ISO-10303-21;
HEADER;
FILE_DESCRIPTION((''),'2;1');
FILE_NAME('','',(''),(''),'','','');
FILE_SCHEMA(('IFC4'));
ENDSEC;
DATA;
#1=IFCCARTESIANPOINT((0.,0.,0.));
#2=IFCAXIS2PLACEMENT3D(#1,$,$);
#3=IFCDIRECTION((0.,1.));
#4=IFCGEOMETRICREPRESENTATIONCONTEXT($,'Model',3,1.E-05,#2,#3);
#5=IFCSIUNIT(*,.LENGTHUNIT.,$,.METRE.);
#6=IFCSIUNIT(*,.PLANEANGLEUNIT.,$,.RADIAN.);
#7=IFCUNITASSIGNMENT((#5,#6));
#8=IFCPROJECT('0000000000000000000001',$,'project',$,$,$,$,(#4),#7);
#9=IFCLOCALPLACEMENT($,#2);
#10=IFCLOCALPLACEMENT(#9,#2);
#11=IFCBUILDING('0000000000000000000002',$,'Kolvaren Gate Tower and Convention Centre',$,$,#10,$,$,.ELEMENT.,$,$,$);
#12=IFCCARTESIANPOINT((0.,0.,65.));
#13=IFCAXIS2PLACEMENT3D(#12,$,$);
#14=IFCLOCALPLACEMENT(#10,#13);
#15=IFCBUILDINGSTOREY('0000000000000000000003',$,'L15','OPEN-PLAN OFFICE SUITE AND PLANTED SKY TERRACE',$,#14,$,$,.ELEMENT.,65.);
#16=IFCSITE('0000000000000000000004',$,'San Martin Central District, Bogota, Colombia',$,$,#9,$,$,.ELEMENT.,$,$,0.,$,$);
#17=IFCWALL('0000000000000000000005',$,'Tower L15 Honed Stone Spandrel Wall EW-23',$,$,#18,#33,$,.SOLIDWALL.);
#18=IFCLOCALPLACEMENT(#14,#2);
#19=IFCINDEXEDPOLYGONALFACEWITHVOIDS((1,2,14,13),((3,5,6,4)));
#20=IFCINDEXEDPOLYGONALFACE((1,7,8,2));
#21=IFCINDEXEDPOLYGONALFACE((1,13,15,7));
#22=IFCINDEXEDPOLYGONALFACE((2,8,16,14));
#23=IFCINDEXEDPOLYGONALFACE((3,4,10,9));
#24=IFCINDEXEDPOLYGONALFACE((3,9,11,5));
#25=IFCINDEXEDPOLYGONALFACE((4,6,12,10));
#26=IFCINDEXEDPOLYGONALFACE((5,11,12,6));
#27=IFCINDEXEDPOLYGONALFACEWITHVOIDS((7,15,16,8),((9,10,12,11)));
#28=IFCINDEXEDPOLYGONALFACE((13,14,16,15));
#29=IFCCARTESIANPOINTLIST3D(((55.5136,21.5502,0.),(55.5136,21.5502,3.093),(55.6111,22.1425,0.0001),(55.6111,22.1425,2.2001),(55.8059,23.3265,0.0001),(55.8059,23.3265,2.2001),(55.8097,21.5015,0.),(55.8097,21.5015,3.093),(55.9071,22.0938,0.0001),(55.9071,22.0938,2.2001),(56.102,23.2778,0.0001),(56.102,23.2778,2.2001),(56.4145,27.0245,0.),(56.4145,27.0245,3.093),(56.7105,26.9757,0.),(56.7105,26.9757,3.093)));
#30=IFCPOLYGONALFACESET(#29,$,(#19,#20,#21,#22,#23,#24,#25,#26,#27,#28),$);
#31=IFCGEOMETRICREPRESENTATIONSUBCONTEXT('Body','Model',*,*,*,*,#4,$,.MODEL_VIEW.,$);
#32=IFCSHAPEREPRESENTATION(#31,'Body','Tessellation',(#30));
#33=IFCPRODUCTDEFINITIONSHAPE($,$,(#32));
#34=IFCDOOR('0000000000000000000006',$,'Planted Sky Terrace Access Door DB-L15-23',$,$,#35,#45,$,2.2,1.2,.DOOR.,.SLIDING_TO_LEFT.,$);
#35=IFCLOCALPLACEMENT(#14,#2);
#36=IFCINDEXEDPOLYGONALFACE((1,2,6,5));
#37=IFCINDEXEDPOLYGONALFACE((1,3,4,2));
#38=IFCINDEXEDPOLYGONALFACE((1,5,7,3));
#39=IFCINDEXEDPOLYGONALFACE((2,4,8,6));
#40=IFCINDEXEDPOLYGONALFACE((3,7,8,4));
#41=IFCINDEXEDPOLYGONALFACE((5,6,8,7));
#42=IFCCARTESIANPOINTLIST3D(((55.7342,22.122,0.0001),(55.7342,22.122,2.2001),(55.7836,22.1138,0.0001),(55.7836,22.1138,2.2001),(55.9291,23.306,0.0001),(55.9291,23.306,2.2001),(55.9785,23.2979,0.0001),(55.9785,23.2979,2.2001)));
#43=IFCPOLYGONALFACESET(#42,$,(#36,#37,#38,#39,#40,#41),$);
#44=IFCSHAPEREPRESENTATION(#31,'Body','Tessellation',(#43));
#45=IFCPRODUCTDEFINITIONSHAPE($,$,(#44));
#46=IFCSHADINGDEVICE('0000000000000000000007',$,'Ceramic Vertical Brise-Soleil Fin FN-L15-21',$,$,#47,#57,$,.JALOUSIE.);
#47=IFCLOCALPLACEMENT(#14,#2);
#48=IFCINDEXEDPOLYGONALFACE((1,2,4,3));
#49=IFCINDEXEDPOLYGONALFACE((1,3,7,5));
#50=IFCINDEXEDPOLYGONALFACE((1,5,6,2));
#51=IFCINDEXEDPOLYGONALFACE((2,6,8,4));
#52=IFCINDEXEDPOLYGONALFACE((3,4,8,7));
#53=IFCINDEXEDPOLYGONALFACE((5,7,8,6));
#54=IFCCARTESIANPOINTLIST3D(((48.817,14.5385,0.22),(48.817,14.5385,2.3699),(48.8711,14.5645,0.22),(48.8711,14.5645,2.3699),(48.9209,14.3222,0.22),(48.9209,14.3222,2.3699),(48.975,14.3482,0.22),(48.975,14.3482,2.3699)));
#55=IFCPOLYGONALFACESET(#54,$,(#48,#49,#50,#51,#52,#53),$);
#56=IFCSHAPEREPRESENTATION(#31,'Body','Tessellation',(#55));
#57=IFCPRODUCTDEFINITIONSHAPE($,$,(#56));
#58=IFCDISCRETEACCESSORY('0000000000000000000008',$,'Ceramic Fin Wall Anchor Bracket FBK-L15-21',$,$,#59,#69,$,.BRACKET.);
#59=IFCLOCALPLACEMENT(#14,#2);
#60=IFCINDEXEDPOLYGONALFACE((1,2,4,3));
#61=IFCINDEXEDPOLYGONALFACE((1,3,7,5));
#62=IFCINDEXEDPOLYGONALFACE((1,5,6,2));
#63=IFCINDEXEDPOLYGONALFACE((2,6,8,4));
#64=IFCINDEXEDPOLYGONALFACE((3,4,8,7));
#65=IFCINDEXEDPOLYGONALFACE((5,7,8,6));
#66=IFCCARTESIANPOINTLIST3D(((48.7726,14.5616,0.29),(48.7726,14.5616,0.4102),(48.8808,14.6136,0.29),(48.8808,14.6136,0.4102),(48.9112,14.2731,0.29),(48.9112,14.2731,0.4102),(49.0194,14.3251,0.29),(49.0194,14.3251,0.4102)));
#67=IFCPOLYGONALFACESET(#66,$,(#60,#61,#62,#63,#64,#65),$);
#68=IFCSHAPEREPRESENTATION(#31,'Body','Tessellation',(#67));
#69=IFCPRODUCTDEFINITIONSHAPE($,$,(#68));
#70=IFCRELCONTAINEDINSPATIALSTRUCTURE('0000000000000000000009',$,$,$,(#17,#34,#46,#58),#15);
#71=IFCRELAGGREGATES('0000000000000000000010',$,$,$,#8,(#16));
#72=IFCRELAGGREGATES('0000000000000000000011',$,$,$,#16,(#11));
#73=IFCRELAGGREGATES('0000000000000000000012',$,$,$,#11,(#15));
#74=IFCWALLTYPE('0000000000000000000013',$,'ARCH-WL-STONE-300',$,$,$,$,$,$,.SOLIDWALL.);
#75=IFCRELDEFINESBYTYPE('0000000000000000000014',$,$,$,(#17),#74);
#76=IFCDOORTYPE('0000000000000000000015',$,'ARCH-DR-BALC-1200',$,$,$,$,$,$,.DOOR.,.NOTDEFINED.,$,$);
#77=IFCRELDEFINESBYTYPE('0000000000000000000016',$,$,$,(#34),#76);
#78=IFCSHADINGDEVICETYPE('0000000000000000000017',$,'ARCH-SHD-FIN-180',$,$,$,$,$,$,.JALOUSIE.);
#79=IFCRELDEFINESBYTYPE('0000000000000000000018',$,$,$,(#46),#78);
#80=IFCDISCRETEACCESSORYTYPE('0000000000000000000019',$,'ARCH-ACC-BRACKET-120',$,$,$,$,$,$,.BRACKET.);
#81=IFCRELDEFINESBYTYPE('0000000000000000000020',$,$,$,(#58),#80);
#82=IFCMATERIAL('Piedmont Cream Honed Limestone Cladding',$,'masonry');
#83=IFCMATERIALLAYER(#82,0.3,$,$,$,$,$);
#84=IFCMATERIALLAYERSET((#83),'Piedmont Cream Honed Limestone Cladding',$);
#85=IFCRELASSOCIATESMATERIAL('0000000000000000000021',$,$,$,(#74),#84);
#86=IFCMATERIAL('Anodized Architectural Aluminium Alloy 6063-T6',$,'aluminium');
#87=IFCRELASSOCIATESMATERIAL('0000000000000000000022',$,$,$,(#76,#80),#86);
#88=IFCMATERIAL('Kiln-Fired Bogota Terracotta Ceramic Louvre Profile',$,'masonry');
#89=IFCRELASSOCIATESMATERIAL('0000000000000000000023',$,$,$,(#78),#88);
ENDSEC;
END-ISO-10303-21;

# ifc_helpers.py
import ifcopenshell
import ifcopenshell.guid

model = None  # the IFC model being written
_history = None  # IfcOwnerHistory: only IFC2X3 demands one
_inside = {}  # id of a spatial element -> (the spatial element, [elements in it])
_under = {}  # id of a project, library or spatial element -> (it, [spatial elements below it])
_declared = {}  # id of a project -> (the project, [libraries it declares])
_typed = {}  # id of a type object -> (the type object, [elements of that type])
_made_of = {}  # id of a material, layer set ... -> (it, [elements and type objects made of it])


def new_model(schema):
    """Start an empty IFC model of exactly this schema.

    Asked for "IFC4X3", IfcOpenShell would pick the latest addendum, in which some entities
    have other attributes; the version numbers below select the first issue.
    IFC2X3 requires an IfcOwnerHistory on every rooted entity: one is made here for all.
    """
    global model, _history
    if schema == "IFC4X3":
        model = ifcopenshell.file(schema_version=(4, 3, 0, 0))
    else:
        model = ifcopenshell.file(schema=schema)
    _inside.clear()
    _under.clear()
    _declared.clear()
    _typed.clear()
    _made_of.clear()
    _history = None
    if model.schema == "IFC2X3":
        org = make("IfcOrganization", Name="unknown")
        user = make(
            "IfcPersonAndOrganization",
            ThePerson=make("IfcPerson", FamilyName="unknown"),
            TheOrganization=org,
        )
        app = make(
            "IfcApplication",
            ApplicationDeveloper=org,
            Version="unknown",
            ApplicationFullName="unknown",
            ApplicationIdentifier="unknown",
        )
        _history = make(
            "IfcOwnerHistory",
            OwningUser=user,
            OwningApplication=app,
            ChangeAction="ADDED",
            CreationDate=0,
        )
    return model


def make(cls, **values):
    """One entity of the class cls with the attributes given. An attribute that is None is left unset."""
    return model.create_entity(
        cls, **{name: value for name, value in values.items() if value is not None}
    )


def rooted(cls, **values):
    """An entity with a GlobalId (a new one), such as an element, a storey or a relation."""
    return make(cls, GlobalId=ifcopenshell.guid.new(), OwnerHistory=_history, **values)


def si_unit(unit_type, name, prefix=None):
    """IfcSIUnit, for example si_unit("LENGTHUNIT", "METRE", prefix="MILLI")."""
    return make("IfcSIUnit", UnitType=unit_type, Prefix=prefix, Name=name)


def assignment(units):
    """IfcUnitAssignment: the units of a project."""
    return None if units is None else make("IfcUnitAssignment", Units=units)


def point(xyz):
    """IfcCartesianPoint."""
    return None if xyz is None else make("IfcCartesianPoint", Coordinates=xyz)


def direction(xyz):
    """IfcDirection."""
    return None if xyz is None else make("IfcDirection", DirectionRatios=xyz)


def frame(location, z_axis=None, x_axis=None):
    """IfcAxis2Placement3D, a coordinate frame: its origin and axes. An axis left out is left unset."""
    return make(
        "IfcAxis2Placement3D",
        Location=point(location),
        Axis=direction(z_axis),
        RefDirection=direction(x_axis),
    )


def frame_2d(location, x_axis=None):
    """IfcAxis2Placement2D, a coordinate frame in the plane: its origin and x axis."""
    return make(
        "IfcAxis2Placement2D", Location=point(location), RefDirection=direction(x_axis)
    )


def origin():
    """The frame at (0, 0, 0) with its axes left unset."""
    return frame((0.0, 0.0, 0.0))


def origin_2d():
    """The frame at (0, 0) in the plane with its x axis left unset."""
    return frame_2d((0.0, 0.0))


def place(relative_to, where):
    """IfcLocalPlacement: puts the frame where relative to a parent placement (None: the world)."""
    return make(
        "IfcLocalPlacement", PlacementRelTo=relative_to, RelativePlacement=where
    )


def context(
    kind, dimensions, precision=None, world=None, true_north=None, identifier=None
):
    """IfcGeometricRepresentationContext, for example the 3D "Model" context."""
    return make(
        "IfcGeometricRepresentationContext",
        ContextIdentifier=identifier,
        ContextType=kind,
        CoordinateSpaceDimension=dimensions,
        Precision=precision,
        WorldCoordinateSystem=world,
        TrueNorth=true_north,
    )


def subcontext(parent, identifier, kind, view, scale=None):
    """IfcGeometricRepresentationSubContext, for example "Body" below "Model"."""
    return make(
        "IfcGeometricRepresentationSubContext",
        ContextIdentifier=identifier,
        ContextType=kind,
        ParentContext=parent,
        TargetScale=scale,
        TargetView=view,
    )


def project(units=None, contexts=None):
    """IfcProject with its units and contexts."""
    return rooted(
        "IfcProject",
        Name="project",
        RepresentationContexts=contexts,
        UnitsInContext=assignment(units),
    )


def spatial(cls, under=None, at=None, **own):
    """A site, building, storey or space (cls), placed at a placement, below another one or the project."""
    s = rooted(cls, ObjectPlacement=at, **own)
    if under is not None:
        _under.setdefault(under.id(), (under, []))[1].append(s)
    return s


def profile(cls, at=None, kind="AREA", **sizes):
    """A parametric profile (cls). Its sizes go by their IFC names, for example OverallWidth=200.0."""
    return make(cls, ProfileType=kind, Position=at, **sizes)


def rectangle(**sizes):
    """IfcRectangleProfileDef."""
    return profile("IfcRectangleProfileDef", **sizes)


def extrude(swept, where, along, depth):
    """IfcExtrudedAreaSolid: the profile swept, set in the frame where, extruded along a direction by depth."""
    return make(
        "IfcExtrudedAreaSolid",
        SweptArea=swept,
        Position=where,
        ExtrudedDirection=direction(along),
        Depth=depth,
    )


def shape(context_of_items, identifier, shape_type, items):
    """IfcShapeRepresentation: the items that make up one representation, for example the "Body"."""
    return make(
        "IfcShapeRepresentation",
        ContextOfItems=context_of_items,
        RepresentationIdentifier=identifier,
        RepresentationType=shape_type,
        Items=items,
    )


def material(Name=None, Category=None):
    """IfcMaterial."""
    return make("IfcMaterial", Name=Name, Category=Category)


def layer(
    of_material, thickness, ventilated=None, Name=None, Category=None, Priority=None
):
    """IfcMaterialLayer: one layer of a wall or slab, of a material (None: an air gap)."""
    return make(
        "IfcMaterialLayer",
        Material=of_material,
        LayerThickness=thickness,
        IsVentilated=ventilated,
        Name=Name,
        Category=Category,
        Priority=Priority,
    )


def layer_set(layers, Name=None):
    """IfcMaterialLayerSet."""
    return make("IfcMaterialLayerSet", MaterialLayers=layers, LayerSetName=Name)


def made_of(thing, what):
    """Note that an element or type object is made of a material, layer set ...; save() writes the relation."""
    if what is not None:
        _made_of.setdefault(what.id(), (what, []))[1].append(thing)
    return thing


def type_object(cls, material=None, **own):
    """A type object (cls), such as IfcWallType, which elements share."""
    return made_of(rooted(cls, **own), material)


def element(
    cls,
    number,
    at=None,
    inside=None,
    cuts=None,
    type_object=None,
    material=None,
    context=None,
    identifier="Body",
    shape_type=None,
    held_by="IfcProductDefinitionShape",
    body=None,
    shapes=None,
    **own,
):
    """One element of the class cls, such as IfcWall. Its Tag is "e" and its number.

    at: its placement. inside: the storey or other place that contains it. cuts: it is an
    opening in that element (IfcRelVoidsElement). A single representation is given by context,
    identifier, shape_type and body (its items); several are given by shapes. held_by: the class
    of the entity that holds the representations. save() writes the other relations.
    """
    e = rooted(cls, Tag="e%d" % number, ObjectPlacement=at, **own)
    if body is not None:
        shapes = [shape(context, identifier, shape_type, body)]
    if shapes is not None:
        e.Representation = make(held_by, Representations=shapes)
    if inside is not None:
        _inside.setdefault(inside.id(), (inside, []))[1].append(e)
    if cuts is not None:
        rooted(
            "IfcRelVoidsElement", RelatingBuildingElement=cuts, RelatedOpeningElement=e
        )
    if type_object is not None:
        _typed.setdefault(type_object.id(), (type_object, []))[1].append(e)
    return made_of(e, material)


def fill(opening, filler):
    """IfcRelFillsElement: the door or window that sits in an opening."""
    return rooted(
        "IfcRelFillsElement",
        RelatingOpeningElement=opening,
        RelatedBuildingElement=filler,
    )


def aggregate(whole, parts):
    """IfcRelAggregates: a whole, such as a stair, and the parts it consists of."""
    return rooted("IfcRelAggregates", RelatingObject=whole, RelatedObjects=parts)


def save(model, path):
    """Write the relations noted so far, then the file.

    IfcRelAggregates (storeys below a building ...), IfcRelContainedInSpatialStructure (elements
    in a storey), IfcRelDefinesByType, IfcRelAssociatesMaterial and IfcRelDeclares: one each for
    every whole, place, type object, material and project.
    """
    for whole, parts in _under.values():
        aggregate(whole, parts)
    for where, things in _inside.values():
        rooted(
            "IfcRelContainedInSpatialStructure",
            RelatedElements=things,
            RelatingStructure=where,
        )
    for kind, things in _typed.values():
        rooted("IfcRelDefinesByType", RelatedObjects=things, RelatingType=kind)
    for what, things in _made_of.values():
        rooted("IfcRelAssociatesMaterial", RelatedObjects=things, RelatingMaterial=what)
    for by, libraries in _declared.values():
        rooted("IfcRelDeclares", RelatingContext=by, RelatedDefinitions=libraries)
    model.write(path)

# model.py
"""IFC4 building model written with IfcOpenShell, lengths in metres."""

from ifc_helpers import new_model, si_unit, direction, frame, frame_2d, origin, origin_2d, place, context, subcontext, project, spatial, rectangle, extrude, material, layer, layer_set, type_object, element, fill, save


model = new_model("IFC4")

# Units and contexts
model_context = context("Model", 3, precision=1e-05, world=origin(), true_north=direction((0.0, 1.0)))
body_context = subcontext(model_context, "Body", "Model", "MODEL_VIEW")
ifc_project = project(units=[si_unit("LENGTHUNIT", "METRE"), si_unit("PLANEANGLEUNIT", "RADIAN")], contexts=[model_context])

# Site, building, storey
site_placement = place(None, origin())
site = spatial("IfcSite", under=ifc_project, at=site_placement, Name="San Martin Central District, Bogota, Colombia", CompositionType="ELEMENT", RefElevation=0.0)
building_placement = place(site_placement, origin())
building = spatial("IfcBuilding", under=site, at=building_placement, Name="Kolvaren Gate Tower and Convention Centre", CompositionType="ELEMENT")
storey_placement = place(building_placement, frame((0.0, 0.0, 65.0)))
storey = spatial("IfcBuildingStorey", under=building, at=storey_placement, Name="L15", Description="OPEN-PLAN OFFICE SUITE AND PLANTED SKY TERRACE", CompositionType="ELEMENT", Elevation=65.0)

# Shared definitions
ifc_material_1 = material(Name="Piedmont Cream Honed Limestone Cladding", Category="masonry")

# Shared definitions
ifc_layer_1 = layer(ifc_material_1, 0.3)
ifc_layer_set_1 = layer_set([ifc_layer_1], Name="Piedmont Cream Honed Limestone Cladding")
wall_type_1 = type_object("IfcWallType", Name="ARCH-WL-STONE-300", PredefinedType="SOLIDWALL", material=ifc_layer_set_1)

# Wall, opening, door
wall_1_placement = place(storey_placement, frame((55.6616, 21.5259, 0.0), z_axis=(0.0, 0.0, 1.0), x_axis=(0.162386, 0.986727, 0.0)))
wall_1 = element("IfcWall", 1, at=wall_1_placement, inside=storey, type_object=wall_type_1, Name="Tower L15 Honed Stone Spandrel Wall EW-23", PredefinedType="SOLIDWALL", context=body_context, shape_type="SweptSolid", body=[
    extrude(rectangle(XDim=5.5479, YDim=0.3, at=frame_2d((2.7739, 0.0))), origin(), (0.0, 0.0, 1.0), 3.093),
])
opening_1_placement = place(wall_1_placement, frame((0.6001, 0.0, 0.0)))
opening_1 = element("IfcOpeningElement", 2, at=opening_1_placement, cuts=wall_1, PredefinedType="OPENING", context=body_context, shape_type="SweptSolid", body=[
    extrude(rectangle(XDim=1.2, YDim=2.2, at=frame_2d((0.6001, 1.1001))), frame((0.0, 0.1599, 0.0), z_axis=(0.0, -1.0, 0.0), x_axis=(1.0, 0.0, 0.0)), (0.0, 0.0, 1.0), 0.3201),
])
ifc_material_2 = material(Name="Anodized Architectural Aluminium Alloy 6063-T6", Category="aluminium")
door_type_1 = type_object("IfcDoorType", Name="ARCH-DR-BALC-1200", OperationType="NOTDEFINED", PredefinedType="DOOR", material=ifc_material_2)
door_1_placement = place(opening_1_placement, frame((1.2, 0.0, 0.0), z_axis=(0.0, 0.0, 1.0), x_axis=(-1.0, 0.0, 0.0)))
door_1 = element("IfcDoor", 3, at=door_1_placement, inside=storey, type_object=door_type_1, Name="Planted Sky Terrace Access Door DB-L15-23", OperationType="SLIDING_TO_LEFT", OverallHeight=2.2, OverallWidth=1.2, PredefinedType="DOOR", context=body_context, shape_type="SweptSolid", body=[
    extrude(rectangle(XDim=1.2, YDim=2.2, at=frame_2d((0.6001, 1.1001))), frame((0.0, 0.0249, 0.0), z_axis=(0.0, -1.0, 0.0), x_axis=(1.0, 0.0, 0.0)), (0.0, 0.0, 1.0), 0.05),
])
fill(opening_1, door_1)

# Shading device
ifc_material_3 = material(Name="Kiln-Fired Bogota Terracotta Ceramic Louvre Profile", Category="masonry")
shading_device_type = type_object("IfcShadingDeviceType", Name="ARCH-SHD-FIN-180", PredefinedType="JALOUSIE", material=ifc_material_3)
shading_device_placement = place(storey_placement, frame((48.896, 14.4434, 0.22), z_axis=(0.0, 0.0, 1.0), x_axis=(0.901358, 0.433076, 0.0)))
element("IfcShadingDevice", 4, at=shading_device_placement, inside=storey, type_object=shading_device_type, Name="Ceramic Vertical Brise-Soleil Fin FN-L15-21", PredefinedType="JALOUSIE", context=body_context, shape_type="SweptSolid", body=[
    extrude(rectangle(XDim=0.0601, YDim=0.24, at=origin_2d()), origin(), (0.0, 0.0, 1.0), 2.1499),
])

# Discrete accessory
discrete_accessory_type = type_object("IfcDiscreteAccessoryType", Name="ARCH-ACC-BRACKET-120", PredefinedType="BRACKET", material=ifc_material_2)
discrete_accessory_placement = place(storey_placement, frame((48.896, 14.4434, 0.29), z_axis=(0.0, 0.0, 1.0), x_axis=(0.901358, 0.433076, 0.0)))
element("IfcDiscreteAccessory", 5, at=discrete_accessory_placement, inside=storey, type_object=discrete_accessory_type, Name="Ceramic Fin Wall Anchor Bracket FBK-L15-21", PredefinedType="BRACKET", context=body_context, shape_type="SweptSolid", body=[
    extrude(rectangle(XDim=0.1201, YDim=0.3201, at=origin_2d()), origin(), (0.0, 0.0, 1.0), 0.1201),
])

save(model, "model.ifc")
